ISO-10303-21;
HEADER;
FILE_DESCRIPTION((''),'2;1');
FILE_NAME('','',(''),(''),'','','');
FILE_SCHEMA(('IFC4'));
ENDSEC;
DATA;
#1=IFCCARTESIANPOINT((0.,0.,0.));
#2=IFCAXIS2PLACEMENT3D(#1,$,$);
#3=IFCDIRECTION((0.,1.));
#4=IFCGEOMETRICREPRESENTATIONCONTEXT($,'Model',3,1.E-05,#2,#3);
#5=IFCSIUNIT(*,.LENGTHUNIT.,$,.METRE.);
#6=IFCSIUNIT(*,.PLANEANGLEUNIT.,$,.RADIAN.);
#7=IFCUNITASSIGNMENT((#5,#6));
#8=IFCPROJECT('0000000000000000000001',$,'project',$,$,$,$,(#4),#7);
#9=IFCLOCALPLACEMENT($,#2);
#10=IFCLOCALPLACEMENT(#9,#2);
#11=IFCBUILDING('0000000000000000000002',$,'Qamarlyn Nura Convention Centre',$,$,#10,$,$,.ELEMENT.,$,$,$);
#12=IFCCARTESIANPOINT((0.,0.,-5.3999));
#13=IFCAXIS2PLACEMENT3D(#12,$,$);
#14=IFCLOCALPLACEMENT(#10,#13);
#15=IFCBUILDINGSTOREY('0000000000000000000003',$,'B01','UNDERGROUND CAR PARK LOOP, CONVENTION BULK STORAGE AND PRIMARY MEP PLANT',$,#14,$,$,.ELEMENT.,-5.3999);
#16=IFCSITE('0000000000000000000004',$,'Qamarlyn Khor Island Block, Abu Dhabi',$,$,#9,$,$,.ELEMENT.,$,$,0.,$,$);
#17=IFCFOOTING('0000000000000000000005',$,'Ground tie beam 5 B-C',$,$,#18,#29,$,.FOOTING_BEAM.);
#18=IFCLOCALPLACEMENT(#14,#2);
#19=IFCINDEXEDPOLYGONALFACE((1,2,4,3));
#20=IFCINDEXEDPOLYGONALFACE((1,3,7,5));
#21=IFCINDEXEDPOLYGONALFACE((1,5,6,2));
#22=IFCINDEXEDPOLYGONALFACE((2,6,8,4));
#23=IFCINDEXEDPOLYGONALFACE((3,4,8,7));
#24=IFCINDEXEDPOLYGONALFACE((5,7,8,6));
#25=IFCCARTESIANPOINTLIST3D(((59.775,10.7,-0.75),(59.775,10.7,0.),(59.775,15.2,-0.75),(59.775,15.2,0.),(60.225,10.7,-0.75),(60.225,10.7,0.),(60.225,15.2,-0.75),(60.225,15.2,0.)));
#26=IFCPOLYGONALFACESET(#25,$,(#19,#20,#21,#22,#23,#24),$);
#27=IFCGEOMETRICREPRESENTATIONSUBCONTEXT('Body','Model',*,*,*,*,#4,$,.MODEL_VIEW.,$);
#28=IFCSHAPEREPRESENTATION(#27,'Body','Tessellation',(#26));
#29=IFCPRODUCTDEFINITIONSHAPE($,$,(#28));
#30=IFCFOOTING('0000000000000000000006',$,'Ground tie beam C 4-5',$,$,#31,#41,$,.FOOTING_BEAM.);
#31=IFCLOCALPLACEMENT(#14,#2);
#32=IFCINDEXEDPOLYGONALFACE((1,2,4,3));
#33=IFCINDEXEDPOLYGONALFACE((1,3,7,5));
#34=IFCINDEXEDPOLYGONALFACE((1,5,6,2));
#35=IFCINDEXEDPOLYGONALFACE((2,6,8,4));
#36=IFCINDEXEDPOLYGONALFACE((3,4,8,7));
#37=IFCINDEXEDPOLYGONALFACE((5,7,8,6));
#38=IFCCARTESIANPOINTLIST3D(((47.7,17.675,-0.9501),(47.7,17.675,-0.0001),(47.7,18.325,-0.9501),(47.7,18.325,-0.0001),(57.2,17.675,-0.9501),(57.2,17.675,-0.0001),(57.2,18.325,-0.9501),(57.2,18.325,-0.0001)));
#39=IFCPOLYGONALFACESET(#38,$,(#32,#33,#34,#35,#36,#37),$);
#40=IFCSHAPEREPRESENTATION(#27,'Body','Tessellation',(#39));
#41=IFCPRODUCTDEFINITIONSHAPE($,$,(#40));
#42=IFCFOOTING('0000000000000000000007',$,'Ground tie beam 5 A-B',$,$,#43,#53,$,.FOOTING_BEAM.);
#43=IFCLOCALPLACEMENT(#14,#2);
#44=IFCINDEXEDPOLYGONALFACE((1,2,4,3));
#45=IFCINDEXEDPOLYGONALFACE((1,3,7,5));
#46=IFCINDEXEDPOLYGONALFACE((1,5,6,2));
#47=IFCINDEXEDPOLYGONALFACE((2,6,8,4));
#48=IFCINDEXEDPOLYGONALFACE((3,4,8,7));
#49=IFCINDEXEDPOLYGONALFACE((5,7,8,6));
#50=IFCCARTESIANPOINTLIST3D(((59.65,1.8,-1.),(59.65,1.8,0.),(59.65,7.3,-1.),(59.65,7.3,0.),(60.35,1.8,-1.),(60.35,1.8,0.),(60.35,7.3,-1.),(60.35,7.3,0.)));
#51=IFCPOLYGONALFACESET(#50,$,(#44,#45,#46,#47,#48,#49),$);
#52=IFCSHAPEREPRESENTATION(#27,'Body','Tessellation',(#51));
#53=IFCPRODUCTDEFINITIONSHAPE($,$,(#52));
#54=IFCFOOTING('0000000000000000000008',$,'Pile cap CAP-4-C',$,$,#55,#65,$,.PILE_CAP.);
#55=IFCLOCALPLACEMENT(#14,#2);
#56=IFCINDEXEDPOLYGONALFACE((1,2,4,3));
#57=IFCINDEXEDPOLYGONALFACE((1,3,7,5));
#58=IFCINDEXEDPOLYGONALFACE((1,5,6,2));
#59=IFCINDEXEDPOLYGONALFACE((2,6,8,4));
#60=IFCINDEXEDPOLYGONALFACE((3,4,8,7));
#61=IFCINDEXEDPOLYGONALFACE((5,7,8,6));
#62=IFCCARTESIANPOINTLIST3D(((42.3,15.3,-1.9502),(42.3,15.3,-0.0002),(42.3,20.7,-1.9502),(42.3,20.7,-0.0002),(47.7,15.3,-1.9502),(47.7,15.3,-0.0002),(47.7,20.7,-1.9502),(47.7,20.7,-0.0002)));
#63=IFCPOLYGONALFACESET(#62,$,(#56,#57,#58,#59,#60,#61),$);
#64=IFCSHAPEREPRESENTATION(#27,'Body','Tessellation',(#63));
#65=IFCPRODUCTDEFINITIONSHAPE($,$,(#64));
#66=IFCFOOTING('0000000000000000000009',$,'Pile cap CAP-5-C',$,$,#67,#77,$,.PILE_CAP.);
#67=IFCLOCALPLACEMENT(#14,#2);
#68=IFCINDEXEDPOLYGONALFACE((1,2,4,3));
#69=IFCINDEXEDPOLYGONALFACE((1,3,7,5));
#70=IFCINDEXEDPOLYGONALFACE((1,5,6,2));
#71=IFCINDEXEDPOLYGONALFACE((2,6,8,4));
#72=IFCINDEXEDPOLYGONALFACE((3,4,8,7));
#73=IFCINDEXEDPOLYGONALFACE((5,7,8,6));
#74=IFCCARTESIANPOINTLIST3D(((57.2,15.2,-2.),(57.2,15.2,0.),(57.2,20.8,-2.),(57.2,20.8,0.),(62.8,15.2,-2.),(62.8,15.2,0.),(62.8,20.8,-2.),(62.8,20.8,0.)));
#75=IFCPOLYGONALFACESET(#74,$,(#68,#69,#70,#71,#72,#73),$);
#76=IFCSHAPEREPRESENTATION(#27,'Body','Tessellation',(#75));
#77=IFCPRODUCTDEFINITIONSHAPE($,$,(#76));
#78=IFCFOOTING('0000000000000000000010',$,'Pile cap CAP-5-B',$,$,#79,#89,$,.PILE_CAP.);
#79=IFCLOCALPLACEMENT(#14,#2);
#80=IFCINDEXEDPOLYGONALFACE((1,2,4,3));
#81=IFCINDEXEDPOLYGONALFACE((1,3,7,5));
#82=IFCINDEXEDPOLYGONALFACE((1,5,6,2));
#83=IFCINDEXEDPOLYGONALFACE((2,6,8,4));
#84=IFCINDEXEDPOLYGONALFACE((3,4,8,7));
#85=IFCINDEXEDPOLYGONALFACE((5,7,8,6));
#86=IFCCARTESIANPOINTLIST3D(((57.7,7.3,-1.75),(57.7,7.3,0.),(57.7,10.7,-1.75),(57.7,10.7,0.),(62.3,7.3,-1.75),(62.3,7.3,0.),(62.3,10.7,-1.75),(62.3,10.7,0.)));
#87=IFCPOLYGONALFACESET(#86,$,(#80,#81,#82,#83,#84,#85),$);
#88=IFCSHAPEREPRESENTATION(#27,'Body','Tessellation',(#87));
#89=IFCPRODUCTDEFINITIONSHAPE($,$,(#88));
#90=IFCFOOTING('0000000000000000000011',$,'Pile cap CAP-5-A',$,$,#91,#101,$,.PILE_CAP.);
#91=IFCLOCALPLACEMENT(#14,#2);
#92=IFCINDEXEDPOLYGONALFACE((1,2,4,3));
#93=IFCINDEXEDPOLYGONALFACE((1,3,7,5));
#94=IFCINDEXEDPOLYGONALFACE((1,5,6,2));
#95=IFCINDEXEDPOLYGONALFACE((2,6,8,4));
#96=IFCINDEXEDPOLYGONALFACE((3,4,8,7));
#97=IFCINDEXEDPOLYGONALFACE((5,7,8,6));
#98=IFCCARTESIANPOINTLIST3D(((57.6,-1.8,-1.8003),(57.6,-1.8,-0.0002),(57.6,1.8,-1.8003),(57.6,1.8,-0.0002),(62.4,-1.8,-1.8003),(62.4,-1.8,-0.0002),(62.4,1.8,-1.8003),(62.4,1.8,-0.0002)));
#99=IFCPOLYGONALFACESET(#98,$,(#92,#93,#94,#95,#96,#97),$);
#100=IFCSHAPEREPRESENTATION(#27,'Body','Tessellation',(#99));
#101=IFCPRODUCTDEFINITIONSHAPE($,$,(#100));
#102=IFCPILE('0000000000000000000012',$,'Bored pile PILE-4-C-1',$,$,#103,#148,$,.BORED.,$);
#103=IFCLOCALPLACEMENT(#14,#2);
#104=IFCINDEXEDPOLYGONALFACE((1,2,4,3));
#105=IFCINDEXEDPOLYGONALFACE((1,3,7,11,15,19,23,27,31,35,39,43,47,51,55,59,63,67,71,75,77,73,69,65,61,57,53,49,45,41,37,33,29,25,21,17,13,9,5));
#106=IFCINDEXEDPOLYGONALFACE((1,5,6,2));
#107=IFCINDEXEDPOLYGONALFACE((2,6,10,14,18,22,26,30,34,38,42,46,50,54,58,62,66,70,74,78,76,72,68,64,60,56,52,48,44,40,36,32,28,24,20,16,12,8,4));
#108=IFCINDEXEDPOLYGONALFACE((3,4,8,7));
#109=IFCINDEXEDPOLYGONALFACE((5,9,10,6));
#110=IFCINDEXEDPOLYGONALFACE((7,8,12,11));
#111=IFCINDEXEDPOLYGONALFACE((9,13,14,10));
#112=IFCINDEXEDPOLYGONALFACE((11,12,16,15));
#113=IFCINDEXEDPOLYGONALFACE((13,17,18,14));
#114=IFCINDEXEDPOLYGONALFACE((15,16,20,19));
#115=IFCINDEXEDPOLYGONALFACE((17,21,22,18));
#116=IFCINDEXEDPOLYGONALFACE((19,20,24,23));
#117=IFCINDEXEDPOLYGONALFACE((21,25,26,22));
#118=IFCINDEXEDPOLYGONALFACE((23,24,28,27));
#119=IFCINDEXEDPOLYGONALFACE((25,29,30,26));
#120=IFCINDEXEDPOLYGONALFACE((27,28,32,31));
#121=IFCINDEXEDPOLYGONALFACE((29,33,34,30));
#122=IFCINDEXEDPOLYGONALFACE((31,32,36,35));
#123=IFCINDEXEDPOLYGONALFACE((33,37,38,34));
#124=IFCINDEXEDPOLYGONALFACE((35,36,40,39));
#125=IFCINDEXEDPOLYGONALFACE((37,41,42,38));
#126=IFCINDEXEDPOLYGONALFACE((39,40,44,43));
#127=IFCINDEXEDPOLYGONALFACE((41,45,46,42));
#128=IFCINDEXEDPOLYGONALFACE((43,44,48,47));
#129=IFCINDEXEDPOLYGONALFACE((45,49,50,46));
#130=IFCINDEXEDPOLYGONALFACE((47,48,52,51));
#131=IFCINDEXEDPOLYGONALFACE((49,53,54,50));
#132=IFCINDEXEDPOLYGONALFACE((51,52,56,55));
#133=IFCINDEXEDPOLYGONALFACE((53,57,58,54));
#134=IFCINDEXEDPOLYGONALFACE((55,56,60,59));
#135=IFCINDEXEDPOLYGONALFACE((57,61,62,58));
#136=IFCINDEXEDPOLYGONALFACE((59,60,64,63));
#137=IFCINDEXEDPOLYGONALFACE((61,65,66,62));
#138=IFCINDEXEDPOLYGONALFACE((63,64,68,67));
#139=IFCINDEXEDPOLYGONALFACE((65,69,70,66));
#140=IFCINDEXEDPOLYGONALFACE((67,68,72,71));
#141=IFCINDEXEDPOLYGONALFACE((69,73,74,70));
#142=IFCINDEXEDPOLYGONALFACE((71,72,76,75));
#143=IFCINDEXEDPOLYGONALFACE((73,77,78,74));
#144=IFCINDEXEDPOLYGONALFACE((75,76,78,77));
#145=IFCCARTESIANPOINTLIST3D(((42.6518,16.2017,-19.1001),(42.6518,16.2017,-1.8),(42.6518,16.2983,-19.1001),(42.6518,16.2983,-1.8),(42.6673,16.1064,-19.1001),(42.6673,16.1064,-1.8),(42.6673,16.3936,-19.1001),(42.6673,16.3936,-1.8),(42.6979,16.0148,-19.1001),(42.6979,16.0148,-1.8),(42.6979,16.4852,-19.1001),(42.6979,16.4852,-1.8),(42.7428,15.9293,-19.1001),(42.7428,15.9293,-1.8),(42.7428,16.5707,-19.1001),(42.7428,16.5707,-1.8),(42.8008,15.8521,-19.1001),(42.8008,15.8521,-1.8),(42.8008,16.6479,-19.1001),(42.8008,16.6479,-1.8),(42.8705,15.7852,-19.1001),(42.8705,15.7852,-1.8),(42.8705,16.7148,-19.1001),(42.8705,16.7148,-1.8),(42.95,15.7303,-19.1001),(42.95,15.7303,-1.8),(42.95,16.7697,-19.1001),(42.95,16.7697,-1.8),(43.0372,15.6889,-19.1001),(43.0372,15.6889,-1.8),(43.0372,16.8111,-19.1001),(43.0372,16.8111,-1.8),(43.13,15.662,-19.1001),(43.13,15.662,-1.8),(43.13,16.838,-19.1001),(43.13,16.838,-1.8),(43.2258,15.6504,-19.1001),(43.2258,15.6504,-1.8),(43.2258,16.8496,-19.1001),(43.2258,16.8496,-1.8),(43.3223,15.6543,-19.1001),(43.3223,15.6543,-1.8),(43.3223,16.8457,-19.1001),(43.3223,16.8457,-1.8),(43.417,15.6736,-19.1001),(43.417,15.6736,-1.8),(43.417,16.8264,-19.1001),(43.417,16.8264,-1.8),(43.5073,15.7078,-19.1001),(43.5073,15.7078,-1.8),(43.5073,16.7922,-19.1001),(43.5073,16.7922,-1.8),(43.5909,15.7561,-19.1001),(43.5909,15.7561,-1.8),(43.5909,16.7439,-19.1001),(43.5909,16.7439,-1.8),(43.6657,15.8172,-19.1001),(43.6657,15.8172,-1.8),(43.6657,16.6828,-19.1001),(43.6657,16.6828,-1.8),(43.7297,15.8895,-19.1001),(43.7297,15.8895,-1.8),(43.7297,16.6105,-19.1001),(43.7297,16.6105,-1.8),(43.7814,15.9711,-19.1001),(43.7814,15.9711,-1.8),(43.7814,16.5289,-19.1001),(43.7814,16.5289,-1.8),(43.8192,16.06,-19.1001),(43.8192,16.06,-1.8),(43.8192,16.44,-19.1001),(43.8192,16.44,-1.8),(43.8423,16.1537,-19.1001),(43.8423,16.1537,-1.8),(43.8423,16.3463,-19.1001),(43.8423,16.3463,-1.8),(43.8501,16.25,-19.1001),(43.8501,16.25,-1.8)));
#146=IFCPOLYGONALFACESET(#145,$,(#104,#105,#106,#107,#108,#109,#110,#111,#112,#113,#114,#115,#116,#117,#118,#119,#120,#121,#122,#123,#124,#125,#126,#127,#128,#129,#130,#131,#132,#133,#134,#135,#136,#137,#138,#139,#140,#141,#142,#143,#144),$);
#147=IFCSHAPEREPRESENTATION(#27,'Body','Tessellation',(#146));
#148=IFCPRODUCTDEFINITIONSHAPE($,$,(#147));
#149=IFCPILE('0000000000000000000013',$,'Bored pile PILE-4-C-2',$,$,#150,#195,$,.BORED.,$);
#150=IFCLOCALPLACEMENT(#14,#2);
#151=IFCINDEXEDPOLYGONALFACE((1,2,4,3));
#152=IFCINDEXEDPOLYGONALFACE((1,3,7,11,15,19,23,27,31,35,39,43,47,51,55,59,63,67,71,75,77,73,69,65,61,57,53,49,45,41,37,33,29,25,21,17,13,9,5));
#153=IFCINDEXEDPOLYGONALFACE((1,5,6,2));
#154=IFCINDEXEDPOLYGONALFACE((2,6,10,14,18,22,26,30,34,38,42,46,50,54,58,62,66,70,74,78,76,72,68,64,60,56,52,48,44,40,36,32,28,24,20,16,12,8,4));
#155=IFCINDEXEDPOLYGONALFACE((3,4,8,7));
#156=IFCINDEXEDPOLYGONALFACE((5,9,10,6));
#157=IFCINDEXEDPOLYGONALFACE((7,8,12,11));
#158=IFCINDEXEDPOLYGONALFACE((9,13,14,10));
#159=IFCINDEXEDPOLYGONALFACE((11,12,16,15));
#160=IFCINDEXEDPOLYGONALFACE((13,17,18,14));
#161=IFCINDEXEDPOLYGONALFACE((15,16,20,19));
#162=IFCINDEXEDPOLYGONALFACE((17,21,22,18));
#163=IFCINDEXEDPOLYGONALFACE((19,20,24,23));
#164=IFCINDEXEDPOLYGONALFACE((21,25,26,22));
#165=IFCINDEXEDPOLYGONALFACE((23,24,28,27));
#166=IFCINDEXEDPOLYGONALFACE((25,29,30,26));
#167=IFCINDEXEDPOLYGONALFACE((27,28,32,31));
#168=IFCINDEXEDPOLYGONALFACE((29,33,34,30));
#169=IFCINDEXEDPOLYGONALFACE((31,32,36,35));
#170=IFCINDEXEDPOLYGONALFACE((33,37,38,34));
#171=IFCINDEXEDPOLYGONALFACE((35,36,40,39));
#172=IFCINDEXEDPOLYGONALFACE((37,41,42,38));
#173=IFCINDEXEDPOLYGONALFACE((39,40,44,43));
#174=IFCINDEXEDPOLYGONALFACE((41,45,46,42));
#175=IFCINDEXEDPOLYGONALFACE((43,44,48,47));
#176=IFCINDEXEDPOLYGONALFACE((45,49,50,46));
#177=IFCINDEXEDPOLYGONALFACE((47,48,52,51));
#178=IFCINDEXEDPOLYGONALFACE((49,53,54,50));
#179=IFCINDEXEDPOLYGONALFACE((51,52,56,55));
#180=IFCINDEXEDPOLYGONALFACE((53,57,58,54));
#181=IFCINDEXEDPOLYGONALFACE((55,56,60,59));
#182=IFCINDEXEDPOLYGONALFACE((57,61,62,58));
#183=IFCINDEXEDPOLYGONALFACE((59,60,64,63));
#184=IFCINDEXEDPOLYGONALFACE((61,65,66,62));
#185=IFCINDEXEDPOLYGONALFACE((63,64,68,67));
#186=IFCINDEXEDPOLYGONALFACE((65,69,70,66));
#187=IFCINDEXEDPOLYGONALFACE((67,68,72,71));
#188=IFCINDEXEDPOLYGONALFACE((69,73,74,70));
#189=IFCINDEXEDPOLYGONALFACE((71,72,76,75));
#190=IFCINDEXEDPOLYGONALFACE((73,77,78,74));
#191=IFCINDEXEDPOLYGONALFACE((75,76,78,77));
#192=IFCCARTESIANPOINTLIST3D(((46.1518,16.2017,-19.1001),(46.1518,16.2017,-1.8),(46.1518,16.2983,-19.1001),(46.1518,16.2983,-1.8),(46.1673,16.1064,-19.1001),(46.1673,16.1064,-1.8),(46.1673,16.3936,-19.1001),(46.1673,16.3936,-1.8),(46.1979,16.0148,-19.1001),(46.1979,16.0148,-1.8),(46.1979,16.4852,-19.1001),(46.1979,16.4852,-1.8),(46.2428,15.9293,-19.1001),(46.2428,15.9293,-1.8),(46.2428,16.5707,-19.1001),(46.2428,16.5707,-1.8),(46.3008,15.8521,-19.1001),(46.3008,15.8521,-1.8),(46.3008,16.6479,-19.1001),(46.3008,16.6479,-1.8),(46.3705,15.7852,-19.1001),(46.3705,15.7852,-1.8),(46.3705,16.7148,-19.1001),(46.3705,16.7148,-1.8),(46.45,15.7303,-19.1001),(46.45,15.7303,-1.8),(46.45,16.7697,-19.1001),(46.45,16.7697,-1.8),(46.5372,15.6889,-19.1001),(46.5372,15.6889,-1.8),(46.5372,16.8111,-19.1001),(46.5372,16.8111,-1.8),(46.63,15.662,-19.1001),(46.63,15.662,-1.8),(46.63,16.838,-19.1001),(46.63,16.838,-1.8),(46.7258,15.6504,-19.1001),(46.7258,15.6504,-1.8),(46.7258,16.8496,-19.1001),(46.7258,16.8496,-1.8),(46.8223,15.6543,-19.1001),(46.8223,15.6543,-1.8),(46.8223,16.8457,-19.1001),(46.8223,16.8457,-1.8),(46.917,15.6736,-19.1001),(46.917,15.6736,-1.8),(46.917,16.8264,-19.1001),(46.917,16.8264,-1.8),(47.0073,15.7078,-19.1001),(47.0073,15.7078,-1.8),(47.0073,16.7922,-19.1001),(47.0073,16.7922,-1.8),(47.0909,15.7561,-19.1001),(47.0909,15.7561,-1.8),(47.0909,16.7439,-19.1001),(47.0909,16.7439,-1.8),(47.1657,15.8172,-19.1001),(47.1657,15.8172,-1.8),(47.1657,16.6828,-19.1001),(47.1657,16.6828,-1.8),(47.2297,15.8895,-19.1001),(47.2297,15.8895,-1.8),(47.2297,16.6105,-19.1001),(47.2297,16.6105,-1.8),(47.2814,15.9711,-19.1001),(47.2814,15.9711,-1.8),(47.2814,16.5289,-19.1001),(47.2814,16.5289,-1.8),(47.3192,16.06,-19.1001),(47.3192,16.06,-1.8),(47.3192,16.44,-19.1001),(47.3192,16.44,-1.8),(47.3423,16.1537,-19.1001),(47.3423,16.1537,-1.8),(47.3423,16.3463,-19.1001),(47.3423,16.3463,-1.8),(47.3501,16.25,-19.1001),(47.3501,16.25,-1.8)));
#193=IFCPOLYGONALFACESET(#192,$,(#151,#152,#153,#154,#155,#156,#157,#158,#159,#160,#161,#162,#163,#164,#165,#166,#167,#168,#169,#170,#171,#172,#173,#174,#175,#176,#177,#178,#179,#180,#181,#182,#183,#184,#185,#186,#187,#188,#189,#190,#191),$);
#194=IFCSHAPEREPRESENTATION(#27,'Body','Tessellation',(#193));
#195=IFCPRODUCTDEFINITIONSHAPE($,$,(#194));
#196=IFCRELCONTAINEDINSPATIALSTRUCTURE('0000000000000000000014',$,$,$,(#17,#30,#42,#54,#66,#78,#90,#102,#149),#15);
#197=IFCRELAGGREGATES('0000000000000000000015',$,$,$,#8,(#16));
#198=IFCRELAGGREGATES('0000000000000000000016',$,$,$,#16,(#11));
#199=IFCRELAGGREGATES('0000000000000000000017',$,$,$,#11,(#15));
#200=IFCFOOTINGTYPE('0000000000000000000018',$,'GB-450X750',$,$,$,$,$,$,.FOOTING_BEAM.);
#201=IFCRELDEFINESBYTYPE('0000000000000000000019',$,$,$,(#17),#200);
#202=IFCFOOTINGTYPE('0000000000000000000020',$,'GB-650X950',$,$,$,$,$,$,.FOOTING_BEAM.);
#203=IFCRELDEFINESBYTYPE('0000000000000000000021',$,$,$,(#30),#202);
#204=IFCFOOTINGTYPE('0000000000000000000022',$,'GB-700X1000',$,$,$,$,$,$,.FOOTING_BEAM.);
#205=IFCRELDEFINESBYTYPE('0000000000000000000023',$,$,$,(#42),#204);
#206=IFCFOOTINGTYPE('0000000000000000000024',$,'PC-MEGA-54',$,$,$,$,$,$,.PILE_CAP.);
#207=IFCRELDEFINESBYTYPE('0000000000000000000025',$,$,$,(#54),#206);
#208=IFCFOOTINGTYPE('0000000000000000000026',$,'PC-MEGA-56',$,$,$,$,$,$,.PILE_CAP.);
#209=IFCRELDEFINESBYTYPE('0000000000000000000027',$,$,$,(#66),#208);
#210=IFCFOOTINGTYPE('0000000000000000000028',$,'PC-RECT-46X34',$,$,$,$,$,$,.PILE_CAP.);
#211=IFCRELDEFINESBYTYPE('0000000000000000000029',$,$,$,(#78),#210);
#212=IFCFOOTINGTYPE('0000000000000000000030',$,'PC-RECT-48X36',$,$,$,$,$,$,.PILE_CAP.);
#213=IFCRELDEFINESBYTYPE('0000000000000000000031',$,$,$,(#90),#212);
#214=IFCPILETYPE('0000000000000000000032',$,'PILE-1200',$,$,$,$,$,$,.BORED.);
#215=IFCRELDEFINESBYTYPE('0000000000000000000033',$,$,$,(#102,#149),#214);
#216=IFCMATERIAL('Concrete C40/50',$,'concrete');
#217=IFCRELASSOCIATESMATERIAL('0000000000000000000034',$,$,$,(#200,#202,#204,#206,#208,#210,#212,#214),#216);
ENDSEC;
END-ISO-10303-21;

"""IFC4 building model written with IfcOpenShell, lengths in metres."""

from ifc_helpers import new_model, si_unit, direction, frame, origin, origin_2d, place, context, subcontext, project, spatial, rectangle, circle, extrude, material, material_profile, profile_set, type_object, element, save


model = new_model("IFC4")

# Units and contexts
model_context = context("Model", 3, precision=1e-05, world=origin(), true_north=direction((0.0, 1.0)))
body_context = subcontext(model_context, "Body", "Model", "MODEL_VIEW")
ifc_project = project(units=[si_unit("LENGTHUNIT", "METRE"), si_unit("PLANEANGLEUNIT", "RADIAN")], contexts=[model_context])

# Site, building, storey
site_placement = place(None, origin())
site = spatial("IfcSite", under=ifc_project, at=site_placement, Name="Qamarlyn Khor Island Block, Abu Dhabi", CompositionType="ELEMENT", RefElevation=0.0)
building_placement = place(site_placement, origin())
building = spatial("IfcBuilding", under=site, at=building_placement, Name="Qamarlyn Nura Convention Centre", CompositionType="ELEMENT")
storey_placement = place(building_placement, frame((0.0, 0.0, -5.3999)))
storey = spatial("IfcBuildingStorey", under=building, at=storey_placement, Name="B01", Description="UNDERGROUND CAR PARK LOOP, CONVENTION BULK STORAGE AND PRIMARY MEP PLANT", CompositionType="ELEMENT", Elevation=-5.3999)

# Footings
ifc_material_1 = material(Name="Concrete C40/50", Category="concrete")
ifc_material_profile_1 = material_profile(ifc_material_1, rectangle(XDim=0.45, YDim=0.75, at=origin_2d()), Name="RC GB 450x750")
ifc_profile_set_1 = profile_set([ifc_material_profile_1], Name="Concrete C40/50")
footing_type_1 = type_object("IfcFootingType", Name="GB-450X750", PredefinedType="FOOTING_BEAM", material=ifc_profile_set_1)
footing_1_placement = place(storey_placement, frame((60.0, 10.7, -0.375), z_axis=(0.0, 1.0, 0.0), x_axis=(-1.0, 0.0, 0.0)))
element("IfcFooting", 1, at=footing_1_placement, inside=storey, type_object=footing_type_1, Name="Ground tie beam 5 B-C", PredefinedType="FOOTING_BEAM", context=body_context, shape_type="SweptSolid", body=[
    extrude(rectangle(XDim=0.45, YDim=0.75, at=origin_2d()), origin(), (0.0, 0.0, 1.0), 4.5),
])
ifc_material_profile_2 = material_profile(ifc_material_1, rectangle(XDim=0.6499, YDim=0.95, at=origin_2d()), Name="RC GB 650x950")
ifc_profile_set_2 = profile_set([ifc_material_profile_2], Name="Concrete C40/50")
footing_type_2 = type_object("IfcFootingType", Name="GB-650X950", PredefinedType="FOOTING_BEAM", material=ifc_profile_set_2)
footing_2_placement = place(storey_placement, frame((47.7, 18.0, -0.4751), z_axis=(1.0, 0.0, 0.0), x_axis=(0.0, 1.0, 0.0)))
element("IfcFooting", 2, at=footing_2_placement, inside=storey, type_object=footing_type_2, Name="Ground tie beam C 4-5", PredefinedType="FOOTING_BEAM", context=body_context, shape_type="SweptSolid", body=[
    extrude(rectangle(XDim=0.6499, YDim=0.95, at=origin_2d()), origin(), (0.0, 0.0, 1.0), 9.5),
])
ifc_material_profile_3 = material_profile(ifc_material_1, rectangle(XDim=0.7, YDim=1.0, at=origin_2d()), Name="RC GB 700x1000")
ifc_profile_set_3 = profile_set([ifc_material_profile_3], Name="Concrete C40/50")
footing_type_3 = type_object("IfcFootingType", Name="GB-700X1000", PredefinedType="FOOTING_BEAM", material=ifc_profile_set_3)
footing_3_placement = place(storey_placement, frame((60.0, 1.8, -0.5), z_axis=(0.0, 1.0, 0.0), x_axis=(-1.0, 0.0, 0.0)))
element("IfcFooting", 3, at=footing_3_placement, inside=storey, type_object=footing_type_3, Name="Ground tie beam 5 A-B", PredefinedType="FOOTING_BEAM", context=body_context, shape_type="SweptSolid", body=[
    extrude(rectangle(XDim=0.7, YDim=1.0, at=origin_2d()), origin(), (0.0, 0.0, 1.0), 5.5),
])
footing_type_4 = type_object("IfcFootingType", Name="PC-MEGA-54", PredefinedType="PILE_CAP", material=ifc_material_1)
footing_4_placement = place(storey_placement, frame((45.0, 18.0, -1.9502), z_axis=(0.0, 0.0, 1.0), x_axis=(1.0, 0.0, 0.0)))
element("IfcFooting", 4, at=footing_4_placement, inside=storey, type_object=footing_type_4, Name="Pile cap CAP-4-C", PredefinedType="PILE_CAP", context=body_context, shape_type="SweptSolid", body=[
    extrude(rectangle(XDim=5.3999, YDim=5.3999, at=origin_2d()), origin(), (0.0, 0.0, 1.0), 1.95),
])
footing_type_5 = type_object("IfcFootingType", Name="PC-MEGA-56", PredefinedType="PILE_CAP", material=ifc_material_1)
footing_5_placement = place(storey_placement, frame((60.0, 18.0, -2.0), z_axis=(0.0, 0.0, 1.0), x_axis=(1.0, 0.0, 0.0)))
element("IfcFooting", 5, at=footing_5_placement, inside=storey, type_object=footing_type_5, Name="Pile cap CAP-5-C", PredefinedType="PILE_CAP", context=body_context, shape_type="SweptSolid", body=[
    extrude(rectangle(XDim=5.6001, YDim=5.6001, at=origin_2d()), origin(), (0.0, 0.0, 1.0), 2.0),
])
footing_type_6 = type_object("IfcFootingType", Name="PC-RECT-46X34", PredefinedType="PILE_CAP", material=ifc_material_1)
footing_6_placement = place(storey_placement, frame((60.0, 9.0, -1.75), z_axis=(0.0, 0.0, 1.0), x_axis=(1.0, 0.0, 0.0)))
element("IfcFooting", 6, at=footing_6_placement, inside=storey, type_object=footing_type_6, Name="Pile cap CAP-5-B", PredefinedType="PILE_CAP", context=body_context, shape_type="SweptSolid", body=[
    extrude(rectangle(XDim=4.6001, YDim=3.3999, at=origin_2d()), origin(), (0.0, 0.0, 1.0), 1.75),
])
footing_type_7 = type_object("IfcFootingType", Name="PC-RECT-48X36", PredefinedType="PILE_CAP", material=ifc_material_1)
footing_7_placement = place(storey_placement, frame((60.0, 0.0, -1.8003), z_axis=(0.0, 0.0, 1.0), x_axis=(1.0, 0.0, 0.0)))
element("IfcFooting", 7, at=footing_7_placement, inside=storey, type_object=footing_type_7, Name="Pile cap CAP-5-A", PredefinedType="PILE_CAP", context=body_context, shape_type="SweptSolid", body=[
    extrude(rectangle(XDim=4.8, YDim=3.6001, at=origin_2d()), origin(), (0.0, 0.0, 1.0), 1.8),
])

# Piles
ifc_material_profile_4 = material_profile(ifc_material_1, circle(Radius=0.6001, at=origin_2d()), Name="BORED PILE 1200")
ifc_profile_set_4 = profile_set([ifc_material_profile_4], Name="Concrete C40/50")
pile_type_1 = type_object("IfcPileType", Name="PILE-1200", PredefinedType="BORED", material=ifc_profile_set_4)
for number, where, z_axis, x_axis, name in (
    (8, (43.25, 16.25, -1.8), (0.0, 0.0, -1.0), (1.0, 0.0, 0.0), "Bored pile PILE-4-C-1"),
    (9, (46.75, 16.25, -1.8), (0.0, 0.0, -1.0), (1.0, 0.0, 0.0), "Bored pile PILE-4-C-2"),
):
    element("IfcPile", number, at=place(storey_placement, frame(where, z_axis=z_axis, x_axis=x_axis)), inside=storey, type_object=pile_type_1, Name=name, PredefinedType="BORED", context=body_context, shape_type="SweptSolid", body=[
        extrude(circle(Radius=0.6001, at=origin_2d()), origin(), (0.0, 0.0, 1.0), 17.3),
    ])

save(model, "model.ifc")
